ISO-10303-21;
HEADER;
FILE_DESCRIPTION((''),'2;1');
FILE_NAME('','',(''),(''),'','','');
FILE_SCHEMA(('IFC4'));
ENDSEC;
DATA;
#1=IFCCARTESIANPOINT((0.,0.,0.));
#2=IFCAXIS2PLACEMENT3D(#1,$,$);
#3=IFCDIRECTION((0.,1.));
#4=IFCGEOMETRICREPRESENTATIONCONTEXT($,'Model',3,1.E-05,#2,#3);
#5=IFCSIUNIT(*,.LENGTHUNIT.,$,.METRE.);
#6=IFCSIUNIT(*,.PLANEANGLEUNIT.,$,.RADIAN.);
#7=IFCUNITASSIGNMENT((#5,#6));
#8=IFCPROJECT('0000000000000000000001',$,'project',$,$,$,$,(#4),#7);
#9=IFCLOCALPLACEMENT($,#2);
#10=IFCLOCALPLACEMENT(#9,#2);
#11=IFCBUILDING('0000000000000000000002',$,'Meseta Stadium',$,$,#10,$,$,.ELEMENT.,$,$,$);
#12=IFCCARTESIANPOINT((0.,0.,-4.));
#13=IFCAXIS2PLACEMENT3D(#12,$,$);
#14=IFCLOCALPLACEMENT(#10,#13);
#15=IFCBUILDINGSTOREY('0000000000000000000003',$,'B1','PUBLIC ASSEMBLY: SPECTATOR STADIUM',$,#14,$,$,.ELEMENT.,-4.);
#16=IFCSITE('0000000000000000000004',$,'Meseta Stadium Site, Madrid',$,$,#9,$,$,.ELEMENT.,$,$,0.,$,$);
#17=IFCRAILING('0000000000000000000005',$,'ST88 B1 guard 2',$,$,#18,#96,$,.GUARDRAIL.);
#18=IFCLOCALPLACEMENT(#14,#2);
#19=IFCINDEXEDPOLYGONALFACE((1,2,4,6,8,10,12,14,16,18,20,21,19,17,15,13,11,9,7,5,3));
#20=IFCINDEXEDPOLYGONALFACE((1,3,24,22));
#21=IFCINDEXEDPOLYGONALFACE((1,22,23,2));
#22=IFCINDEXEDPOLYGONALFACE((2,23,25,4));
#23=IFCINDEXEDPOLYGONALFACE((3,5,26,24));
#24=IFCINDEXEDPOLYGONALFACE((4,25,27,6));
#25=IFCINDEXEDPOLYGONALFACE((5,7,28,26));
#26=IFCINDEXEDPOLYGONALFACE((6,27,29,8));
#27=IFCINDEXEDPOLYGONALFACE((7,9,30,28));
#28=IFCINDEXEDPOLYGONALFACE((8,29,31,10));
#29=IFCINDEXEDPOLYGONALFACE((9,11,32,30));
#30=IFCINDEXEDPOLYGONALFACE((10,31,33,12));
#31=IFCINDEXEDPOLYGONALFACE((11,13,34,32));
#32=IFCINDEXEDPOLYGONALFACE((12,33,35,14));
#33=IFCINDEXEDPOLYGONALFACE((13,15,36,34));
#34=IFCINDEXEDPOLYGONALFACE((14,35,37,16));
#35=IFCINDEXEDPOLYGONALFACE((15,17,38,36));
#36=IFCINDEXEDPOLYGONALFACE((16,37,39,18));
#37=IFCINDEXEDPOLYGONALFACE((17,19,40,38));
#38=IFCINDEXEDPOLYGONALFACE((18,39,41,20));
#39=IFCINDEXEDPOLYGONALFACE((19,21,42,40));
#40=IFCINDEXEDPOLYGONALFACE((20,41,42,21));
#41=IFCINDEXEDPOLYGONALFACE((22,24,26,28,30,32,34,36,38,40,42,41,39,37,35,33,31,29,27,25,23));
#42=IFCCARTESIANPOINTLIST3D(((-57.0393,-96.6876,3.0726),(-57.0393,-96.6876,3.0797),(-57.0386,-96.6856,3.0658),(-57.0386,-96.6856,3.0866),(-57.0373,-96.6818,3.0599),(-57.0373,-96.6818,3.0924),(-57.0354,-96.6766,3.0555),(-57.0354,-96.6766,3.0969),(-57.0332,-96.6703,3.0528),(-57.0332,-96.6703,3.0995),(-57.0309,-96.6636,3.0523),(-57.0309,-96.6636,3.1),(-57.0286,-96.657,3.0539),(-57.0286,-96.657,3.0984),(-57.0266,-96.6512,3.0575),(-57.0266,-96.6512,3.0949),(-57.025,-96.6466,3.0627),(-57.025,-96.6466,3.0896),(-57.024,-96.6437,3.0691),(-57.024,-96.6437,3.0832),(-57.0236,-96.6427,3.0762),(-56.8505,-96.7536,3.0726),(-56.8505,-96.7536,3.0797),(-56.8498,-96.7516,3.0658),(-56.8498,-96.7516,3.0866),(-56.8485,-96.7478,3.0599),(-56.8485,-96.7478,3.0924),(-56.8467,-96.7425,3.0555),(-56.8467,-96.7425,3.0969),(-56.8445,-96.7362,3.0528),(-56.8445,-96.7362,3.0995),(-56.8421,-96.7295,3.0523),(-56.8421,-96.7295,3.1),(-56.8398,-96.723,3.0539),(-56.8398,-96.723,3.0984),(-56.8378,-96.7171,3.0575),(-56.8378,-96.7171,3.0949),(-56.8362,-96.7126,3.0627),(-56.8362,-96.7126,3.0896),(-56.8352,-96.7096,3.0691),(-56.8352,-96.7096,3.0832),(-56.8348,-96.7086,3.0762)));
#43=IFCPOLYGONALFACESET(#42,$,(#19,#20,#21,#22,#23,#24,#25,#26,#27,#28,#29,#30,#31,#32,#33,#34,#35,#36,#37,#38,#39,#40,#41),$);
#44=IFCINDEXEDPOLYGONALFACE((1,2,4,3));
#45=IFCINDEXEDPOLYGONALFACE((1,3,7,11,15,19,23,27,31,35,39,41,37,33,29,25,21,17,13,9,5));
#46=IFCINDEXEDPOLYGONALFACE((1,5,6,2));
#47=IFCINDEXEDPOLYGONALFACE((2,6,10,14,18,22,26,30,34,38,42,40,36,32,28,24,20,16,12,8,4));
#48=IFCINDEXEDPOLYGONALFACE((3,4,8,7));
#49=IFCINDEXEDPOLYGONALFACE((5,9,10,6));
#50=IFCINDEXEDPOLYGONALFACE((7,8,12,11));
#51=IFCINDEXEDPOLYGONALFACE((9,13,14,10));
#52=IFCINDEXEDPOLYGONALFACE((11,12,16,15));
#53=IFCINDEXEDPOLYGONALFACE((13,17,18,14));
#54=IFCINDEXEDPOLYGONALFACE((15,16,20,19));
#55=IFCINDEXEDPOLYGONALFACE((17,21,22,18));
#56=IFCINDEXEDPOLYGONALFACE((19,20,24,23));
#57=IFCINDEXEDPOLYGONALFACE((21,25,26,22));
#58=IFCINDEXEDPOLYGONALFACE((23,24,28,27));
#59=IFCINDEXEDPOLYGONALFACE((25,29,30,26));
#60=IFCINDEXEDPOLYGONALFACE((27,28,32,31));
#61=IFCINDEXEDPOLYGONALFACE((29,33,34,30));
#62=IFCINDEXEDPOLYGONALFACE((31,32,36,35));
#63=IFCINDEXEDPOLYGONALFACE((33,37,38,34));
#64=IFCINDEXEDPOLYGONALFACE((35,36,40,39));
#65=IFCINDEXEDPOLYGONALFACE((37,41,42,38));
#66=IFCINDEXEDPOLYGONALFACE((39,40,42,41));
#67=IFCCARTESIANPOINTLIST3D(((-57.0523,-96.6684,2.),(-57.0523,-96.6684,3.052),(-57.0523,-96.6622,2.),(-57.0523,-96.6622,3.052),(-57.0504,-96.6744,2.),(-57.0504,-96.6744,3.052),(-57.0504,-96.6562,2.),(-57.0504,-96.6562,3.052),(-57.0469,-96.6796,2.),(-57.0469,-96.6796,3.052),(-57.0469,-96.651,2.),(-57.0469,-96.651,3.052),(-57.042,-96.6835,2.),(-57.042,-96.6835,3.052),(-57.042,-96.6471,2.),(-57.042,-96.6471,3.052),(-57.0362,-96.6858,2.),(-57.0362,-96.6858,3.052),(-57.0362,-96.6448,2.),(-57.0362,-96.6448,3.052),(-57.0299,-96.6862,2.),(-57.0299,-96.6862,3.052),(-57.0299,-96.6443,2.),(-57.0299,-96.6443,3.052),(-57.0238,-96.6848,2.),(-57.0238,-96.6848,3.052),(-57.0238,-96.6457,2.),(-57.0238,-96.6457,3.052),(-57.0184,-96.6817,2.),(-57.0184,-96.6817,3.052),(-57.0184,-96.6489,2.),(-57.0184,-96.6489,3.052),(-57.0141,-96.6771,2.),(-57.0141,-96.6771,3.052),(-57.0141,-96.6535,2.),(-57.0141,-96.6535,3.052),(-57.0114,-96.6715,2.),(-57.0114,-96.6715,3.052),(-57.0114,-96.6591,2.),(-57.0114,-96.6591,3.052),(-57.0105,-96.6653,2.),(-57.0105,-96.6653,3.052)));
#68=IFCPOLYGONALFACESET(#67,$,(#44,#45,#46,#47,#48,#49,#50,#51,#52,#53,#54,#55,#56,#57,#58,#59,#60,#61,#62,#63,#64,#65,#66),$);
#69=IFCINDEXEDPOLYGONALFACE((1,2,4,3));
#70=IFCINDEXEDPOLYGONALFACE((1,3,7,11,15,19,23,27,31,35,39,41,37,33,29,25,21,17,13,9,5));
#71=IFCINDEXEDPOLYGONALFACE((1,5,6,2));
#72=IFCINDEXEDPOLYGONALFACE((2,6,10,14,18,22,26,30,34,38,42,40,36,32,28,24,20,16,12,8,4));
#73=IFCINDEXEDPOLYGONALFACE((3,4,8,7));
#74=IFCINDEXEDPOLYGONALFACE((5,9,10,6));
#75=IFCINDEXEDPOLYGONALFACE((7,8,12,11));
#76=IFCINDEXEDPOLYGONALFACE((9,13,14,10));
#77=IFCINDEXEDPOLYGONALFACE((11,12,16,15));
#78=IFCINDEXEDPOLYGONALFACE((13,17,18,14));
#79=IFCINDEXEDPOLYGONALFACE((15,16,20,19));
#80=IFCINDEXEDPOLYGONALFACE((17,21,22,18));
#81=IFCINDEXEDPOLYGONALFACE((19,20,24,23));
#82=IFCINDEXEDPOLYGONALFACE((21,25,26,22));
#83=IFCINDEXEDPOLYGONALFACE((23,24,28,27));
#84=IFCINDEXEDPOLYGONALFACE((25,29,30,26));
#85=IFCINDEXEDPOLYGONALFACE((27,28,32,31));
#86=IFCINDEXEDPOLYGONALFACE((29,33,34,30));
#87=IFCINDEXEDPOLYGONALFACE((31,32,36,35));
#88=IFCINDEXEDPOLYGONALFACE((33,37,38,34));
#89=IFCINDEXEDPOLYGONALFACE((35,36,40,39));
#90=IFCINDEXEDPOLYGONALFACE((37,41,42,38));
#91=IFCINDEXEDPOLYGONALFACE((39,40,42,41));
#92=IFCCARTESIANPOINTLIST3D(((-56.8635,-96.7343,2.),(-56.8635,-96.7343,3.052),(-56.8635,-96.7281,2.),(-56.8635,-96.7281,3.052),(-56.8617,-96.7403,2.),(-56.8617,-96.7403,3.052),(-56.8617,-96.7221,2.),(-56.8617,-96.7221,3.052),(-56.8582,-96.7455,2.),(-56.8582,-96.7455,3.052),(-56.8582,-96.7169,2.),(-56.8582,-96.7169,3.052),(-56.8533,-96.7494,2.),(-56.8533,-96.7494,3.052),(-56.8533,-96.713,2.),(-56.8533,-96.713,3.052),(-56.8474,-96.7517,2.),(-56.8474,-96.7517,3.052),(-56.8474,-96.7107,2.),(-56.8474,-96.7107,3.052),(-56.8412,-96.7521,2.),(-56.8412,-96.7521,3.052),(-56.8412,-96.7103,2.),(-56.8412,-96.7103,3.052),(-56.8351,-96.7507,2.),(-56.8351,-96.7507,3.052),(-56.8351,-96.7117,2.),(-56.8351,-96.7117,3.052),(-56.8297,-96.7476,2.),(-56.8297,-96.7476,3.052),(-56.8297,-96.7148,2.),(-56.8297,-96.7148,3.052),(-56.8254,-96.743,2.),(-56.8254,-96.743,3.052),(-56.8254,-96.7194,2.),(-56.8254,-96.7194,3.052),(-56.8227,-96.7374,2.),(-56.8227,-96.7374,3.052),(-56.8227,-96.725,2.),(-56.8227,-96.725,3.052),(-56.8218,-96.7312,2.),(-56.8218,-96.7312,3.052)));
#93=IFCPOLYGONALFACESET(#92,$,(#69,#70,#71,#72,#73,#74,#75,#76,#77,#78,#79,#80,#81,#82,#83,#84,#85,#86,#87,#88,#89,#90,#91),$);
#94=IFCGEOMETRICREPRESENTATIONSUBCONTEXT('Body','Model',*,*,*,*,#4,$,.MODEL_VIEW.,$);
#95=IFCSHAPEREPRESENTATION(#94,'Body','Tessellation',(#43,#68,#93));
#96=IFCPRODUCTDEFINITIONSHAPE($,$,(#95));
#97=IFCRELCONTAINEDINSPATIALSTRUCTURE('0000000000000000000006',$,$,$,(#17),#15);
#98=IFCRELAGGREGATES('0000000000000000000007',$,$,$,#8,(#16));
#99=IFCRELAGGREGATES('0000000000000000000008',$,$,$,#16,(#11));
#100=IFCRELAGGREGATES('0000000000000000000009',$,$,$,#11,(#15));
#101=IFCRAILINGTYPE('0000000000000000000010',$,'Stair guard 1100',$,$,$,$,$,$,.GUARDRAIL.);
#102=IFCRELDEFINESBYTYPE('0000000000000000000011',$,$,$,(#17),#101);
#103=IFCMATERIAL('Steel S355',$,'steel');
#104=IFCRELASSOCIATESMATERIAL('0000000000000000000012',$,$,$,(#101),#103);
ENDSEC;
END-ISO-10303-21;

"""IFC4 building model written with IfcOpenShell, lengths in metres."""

from ifc_helpers import new_model, si_unit, direction, frame, origin, origin_2d, place, context, subcontext, project, spatial, circle, extrude, material, type_object, element, save


model = new_model("IFC4")

# Units and contexts
model_context = context("Model", 3, precision=1e-05, world=origin(), true_north=direction((0.0, 1.0)))
body_context = subcontext(model_context, "Body", "Model", "MODEL_VIEW")
ifc_project = project(units=[si_unit("LENGTHUNIT", "METRE"), si_unit("PLANEANGLEUNIT", "RADIAN")], contexts=[model_context])

# Site, building, storey
site_placement = place(None, origin())
site = spatial("IfcSite", under=ifc_project, at=site_placement, Name="Meseta Stadium Site, Madrid", CompositionType="ELEMENT", RefElevation=0.0)
building_placement = place(site_placement, origin())
building = spatial("IfcBuilding", under=site, at=building_placement, Name="Meseta Stadium", CompositionType="ELEMENT")
storey_placement = place(building_placement, frame((0.0, 0.0, -4.0)))
storey = spatial("IfcBuildingStorey", under=building, at=storey_placement, Name="B1", Description="PUBLIC ASSEMBLY: SPECTATOR STADIUM", CompositionType="ELEMENT", Elevation=-4.0)

# Railing
ifc_material_1 = material(Name="Steel S355", Category="steel")
railing_type_1 = type_object("IfcRailingType", Name="Stair guard 1100", PredefinedType="GUARDRAIL", material=ifc_material_1)
railing_1_placement = place(storey_placement, frame((-57.0315, -96.6653, 2.0)))
element("IfcRailing", 1, at=railing_1_placement, inside=storey, type_object=railing_type_1, Name="ST88 B1 guard 2", PredefinedType="GUARDRAIL", context=body_context, shape_type="SweptSolid", body=[
    extrude(circle(Radius=0.0239, at=origin_2d()), frame((0.0, 0.0, 1.0762), z_axis=(0.944068, -0.329752, 0.0), x_axis=(0.329752, 0.944068, 0.0)), (0.0, 0.0, 1.0), 0.2),
    extrude(circle(Radius=0.021, at=origin_2d()), origin(), (0.0, 0.0, 1.0), 1.052),
    extrude(circle(Radius=0.021, at=origin_2d()), frame((0.1887, -0.0659, 0.0)), (0.0, 0.0, 1.0), 1.052),
])

save(model, "model.ifc")
